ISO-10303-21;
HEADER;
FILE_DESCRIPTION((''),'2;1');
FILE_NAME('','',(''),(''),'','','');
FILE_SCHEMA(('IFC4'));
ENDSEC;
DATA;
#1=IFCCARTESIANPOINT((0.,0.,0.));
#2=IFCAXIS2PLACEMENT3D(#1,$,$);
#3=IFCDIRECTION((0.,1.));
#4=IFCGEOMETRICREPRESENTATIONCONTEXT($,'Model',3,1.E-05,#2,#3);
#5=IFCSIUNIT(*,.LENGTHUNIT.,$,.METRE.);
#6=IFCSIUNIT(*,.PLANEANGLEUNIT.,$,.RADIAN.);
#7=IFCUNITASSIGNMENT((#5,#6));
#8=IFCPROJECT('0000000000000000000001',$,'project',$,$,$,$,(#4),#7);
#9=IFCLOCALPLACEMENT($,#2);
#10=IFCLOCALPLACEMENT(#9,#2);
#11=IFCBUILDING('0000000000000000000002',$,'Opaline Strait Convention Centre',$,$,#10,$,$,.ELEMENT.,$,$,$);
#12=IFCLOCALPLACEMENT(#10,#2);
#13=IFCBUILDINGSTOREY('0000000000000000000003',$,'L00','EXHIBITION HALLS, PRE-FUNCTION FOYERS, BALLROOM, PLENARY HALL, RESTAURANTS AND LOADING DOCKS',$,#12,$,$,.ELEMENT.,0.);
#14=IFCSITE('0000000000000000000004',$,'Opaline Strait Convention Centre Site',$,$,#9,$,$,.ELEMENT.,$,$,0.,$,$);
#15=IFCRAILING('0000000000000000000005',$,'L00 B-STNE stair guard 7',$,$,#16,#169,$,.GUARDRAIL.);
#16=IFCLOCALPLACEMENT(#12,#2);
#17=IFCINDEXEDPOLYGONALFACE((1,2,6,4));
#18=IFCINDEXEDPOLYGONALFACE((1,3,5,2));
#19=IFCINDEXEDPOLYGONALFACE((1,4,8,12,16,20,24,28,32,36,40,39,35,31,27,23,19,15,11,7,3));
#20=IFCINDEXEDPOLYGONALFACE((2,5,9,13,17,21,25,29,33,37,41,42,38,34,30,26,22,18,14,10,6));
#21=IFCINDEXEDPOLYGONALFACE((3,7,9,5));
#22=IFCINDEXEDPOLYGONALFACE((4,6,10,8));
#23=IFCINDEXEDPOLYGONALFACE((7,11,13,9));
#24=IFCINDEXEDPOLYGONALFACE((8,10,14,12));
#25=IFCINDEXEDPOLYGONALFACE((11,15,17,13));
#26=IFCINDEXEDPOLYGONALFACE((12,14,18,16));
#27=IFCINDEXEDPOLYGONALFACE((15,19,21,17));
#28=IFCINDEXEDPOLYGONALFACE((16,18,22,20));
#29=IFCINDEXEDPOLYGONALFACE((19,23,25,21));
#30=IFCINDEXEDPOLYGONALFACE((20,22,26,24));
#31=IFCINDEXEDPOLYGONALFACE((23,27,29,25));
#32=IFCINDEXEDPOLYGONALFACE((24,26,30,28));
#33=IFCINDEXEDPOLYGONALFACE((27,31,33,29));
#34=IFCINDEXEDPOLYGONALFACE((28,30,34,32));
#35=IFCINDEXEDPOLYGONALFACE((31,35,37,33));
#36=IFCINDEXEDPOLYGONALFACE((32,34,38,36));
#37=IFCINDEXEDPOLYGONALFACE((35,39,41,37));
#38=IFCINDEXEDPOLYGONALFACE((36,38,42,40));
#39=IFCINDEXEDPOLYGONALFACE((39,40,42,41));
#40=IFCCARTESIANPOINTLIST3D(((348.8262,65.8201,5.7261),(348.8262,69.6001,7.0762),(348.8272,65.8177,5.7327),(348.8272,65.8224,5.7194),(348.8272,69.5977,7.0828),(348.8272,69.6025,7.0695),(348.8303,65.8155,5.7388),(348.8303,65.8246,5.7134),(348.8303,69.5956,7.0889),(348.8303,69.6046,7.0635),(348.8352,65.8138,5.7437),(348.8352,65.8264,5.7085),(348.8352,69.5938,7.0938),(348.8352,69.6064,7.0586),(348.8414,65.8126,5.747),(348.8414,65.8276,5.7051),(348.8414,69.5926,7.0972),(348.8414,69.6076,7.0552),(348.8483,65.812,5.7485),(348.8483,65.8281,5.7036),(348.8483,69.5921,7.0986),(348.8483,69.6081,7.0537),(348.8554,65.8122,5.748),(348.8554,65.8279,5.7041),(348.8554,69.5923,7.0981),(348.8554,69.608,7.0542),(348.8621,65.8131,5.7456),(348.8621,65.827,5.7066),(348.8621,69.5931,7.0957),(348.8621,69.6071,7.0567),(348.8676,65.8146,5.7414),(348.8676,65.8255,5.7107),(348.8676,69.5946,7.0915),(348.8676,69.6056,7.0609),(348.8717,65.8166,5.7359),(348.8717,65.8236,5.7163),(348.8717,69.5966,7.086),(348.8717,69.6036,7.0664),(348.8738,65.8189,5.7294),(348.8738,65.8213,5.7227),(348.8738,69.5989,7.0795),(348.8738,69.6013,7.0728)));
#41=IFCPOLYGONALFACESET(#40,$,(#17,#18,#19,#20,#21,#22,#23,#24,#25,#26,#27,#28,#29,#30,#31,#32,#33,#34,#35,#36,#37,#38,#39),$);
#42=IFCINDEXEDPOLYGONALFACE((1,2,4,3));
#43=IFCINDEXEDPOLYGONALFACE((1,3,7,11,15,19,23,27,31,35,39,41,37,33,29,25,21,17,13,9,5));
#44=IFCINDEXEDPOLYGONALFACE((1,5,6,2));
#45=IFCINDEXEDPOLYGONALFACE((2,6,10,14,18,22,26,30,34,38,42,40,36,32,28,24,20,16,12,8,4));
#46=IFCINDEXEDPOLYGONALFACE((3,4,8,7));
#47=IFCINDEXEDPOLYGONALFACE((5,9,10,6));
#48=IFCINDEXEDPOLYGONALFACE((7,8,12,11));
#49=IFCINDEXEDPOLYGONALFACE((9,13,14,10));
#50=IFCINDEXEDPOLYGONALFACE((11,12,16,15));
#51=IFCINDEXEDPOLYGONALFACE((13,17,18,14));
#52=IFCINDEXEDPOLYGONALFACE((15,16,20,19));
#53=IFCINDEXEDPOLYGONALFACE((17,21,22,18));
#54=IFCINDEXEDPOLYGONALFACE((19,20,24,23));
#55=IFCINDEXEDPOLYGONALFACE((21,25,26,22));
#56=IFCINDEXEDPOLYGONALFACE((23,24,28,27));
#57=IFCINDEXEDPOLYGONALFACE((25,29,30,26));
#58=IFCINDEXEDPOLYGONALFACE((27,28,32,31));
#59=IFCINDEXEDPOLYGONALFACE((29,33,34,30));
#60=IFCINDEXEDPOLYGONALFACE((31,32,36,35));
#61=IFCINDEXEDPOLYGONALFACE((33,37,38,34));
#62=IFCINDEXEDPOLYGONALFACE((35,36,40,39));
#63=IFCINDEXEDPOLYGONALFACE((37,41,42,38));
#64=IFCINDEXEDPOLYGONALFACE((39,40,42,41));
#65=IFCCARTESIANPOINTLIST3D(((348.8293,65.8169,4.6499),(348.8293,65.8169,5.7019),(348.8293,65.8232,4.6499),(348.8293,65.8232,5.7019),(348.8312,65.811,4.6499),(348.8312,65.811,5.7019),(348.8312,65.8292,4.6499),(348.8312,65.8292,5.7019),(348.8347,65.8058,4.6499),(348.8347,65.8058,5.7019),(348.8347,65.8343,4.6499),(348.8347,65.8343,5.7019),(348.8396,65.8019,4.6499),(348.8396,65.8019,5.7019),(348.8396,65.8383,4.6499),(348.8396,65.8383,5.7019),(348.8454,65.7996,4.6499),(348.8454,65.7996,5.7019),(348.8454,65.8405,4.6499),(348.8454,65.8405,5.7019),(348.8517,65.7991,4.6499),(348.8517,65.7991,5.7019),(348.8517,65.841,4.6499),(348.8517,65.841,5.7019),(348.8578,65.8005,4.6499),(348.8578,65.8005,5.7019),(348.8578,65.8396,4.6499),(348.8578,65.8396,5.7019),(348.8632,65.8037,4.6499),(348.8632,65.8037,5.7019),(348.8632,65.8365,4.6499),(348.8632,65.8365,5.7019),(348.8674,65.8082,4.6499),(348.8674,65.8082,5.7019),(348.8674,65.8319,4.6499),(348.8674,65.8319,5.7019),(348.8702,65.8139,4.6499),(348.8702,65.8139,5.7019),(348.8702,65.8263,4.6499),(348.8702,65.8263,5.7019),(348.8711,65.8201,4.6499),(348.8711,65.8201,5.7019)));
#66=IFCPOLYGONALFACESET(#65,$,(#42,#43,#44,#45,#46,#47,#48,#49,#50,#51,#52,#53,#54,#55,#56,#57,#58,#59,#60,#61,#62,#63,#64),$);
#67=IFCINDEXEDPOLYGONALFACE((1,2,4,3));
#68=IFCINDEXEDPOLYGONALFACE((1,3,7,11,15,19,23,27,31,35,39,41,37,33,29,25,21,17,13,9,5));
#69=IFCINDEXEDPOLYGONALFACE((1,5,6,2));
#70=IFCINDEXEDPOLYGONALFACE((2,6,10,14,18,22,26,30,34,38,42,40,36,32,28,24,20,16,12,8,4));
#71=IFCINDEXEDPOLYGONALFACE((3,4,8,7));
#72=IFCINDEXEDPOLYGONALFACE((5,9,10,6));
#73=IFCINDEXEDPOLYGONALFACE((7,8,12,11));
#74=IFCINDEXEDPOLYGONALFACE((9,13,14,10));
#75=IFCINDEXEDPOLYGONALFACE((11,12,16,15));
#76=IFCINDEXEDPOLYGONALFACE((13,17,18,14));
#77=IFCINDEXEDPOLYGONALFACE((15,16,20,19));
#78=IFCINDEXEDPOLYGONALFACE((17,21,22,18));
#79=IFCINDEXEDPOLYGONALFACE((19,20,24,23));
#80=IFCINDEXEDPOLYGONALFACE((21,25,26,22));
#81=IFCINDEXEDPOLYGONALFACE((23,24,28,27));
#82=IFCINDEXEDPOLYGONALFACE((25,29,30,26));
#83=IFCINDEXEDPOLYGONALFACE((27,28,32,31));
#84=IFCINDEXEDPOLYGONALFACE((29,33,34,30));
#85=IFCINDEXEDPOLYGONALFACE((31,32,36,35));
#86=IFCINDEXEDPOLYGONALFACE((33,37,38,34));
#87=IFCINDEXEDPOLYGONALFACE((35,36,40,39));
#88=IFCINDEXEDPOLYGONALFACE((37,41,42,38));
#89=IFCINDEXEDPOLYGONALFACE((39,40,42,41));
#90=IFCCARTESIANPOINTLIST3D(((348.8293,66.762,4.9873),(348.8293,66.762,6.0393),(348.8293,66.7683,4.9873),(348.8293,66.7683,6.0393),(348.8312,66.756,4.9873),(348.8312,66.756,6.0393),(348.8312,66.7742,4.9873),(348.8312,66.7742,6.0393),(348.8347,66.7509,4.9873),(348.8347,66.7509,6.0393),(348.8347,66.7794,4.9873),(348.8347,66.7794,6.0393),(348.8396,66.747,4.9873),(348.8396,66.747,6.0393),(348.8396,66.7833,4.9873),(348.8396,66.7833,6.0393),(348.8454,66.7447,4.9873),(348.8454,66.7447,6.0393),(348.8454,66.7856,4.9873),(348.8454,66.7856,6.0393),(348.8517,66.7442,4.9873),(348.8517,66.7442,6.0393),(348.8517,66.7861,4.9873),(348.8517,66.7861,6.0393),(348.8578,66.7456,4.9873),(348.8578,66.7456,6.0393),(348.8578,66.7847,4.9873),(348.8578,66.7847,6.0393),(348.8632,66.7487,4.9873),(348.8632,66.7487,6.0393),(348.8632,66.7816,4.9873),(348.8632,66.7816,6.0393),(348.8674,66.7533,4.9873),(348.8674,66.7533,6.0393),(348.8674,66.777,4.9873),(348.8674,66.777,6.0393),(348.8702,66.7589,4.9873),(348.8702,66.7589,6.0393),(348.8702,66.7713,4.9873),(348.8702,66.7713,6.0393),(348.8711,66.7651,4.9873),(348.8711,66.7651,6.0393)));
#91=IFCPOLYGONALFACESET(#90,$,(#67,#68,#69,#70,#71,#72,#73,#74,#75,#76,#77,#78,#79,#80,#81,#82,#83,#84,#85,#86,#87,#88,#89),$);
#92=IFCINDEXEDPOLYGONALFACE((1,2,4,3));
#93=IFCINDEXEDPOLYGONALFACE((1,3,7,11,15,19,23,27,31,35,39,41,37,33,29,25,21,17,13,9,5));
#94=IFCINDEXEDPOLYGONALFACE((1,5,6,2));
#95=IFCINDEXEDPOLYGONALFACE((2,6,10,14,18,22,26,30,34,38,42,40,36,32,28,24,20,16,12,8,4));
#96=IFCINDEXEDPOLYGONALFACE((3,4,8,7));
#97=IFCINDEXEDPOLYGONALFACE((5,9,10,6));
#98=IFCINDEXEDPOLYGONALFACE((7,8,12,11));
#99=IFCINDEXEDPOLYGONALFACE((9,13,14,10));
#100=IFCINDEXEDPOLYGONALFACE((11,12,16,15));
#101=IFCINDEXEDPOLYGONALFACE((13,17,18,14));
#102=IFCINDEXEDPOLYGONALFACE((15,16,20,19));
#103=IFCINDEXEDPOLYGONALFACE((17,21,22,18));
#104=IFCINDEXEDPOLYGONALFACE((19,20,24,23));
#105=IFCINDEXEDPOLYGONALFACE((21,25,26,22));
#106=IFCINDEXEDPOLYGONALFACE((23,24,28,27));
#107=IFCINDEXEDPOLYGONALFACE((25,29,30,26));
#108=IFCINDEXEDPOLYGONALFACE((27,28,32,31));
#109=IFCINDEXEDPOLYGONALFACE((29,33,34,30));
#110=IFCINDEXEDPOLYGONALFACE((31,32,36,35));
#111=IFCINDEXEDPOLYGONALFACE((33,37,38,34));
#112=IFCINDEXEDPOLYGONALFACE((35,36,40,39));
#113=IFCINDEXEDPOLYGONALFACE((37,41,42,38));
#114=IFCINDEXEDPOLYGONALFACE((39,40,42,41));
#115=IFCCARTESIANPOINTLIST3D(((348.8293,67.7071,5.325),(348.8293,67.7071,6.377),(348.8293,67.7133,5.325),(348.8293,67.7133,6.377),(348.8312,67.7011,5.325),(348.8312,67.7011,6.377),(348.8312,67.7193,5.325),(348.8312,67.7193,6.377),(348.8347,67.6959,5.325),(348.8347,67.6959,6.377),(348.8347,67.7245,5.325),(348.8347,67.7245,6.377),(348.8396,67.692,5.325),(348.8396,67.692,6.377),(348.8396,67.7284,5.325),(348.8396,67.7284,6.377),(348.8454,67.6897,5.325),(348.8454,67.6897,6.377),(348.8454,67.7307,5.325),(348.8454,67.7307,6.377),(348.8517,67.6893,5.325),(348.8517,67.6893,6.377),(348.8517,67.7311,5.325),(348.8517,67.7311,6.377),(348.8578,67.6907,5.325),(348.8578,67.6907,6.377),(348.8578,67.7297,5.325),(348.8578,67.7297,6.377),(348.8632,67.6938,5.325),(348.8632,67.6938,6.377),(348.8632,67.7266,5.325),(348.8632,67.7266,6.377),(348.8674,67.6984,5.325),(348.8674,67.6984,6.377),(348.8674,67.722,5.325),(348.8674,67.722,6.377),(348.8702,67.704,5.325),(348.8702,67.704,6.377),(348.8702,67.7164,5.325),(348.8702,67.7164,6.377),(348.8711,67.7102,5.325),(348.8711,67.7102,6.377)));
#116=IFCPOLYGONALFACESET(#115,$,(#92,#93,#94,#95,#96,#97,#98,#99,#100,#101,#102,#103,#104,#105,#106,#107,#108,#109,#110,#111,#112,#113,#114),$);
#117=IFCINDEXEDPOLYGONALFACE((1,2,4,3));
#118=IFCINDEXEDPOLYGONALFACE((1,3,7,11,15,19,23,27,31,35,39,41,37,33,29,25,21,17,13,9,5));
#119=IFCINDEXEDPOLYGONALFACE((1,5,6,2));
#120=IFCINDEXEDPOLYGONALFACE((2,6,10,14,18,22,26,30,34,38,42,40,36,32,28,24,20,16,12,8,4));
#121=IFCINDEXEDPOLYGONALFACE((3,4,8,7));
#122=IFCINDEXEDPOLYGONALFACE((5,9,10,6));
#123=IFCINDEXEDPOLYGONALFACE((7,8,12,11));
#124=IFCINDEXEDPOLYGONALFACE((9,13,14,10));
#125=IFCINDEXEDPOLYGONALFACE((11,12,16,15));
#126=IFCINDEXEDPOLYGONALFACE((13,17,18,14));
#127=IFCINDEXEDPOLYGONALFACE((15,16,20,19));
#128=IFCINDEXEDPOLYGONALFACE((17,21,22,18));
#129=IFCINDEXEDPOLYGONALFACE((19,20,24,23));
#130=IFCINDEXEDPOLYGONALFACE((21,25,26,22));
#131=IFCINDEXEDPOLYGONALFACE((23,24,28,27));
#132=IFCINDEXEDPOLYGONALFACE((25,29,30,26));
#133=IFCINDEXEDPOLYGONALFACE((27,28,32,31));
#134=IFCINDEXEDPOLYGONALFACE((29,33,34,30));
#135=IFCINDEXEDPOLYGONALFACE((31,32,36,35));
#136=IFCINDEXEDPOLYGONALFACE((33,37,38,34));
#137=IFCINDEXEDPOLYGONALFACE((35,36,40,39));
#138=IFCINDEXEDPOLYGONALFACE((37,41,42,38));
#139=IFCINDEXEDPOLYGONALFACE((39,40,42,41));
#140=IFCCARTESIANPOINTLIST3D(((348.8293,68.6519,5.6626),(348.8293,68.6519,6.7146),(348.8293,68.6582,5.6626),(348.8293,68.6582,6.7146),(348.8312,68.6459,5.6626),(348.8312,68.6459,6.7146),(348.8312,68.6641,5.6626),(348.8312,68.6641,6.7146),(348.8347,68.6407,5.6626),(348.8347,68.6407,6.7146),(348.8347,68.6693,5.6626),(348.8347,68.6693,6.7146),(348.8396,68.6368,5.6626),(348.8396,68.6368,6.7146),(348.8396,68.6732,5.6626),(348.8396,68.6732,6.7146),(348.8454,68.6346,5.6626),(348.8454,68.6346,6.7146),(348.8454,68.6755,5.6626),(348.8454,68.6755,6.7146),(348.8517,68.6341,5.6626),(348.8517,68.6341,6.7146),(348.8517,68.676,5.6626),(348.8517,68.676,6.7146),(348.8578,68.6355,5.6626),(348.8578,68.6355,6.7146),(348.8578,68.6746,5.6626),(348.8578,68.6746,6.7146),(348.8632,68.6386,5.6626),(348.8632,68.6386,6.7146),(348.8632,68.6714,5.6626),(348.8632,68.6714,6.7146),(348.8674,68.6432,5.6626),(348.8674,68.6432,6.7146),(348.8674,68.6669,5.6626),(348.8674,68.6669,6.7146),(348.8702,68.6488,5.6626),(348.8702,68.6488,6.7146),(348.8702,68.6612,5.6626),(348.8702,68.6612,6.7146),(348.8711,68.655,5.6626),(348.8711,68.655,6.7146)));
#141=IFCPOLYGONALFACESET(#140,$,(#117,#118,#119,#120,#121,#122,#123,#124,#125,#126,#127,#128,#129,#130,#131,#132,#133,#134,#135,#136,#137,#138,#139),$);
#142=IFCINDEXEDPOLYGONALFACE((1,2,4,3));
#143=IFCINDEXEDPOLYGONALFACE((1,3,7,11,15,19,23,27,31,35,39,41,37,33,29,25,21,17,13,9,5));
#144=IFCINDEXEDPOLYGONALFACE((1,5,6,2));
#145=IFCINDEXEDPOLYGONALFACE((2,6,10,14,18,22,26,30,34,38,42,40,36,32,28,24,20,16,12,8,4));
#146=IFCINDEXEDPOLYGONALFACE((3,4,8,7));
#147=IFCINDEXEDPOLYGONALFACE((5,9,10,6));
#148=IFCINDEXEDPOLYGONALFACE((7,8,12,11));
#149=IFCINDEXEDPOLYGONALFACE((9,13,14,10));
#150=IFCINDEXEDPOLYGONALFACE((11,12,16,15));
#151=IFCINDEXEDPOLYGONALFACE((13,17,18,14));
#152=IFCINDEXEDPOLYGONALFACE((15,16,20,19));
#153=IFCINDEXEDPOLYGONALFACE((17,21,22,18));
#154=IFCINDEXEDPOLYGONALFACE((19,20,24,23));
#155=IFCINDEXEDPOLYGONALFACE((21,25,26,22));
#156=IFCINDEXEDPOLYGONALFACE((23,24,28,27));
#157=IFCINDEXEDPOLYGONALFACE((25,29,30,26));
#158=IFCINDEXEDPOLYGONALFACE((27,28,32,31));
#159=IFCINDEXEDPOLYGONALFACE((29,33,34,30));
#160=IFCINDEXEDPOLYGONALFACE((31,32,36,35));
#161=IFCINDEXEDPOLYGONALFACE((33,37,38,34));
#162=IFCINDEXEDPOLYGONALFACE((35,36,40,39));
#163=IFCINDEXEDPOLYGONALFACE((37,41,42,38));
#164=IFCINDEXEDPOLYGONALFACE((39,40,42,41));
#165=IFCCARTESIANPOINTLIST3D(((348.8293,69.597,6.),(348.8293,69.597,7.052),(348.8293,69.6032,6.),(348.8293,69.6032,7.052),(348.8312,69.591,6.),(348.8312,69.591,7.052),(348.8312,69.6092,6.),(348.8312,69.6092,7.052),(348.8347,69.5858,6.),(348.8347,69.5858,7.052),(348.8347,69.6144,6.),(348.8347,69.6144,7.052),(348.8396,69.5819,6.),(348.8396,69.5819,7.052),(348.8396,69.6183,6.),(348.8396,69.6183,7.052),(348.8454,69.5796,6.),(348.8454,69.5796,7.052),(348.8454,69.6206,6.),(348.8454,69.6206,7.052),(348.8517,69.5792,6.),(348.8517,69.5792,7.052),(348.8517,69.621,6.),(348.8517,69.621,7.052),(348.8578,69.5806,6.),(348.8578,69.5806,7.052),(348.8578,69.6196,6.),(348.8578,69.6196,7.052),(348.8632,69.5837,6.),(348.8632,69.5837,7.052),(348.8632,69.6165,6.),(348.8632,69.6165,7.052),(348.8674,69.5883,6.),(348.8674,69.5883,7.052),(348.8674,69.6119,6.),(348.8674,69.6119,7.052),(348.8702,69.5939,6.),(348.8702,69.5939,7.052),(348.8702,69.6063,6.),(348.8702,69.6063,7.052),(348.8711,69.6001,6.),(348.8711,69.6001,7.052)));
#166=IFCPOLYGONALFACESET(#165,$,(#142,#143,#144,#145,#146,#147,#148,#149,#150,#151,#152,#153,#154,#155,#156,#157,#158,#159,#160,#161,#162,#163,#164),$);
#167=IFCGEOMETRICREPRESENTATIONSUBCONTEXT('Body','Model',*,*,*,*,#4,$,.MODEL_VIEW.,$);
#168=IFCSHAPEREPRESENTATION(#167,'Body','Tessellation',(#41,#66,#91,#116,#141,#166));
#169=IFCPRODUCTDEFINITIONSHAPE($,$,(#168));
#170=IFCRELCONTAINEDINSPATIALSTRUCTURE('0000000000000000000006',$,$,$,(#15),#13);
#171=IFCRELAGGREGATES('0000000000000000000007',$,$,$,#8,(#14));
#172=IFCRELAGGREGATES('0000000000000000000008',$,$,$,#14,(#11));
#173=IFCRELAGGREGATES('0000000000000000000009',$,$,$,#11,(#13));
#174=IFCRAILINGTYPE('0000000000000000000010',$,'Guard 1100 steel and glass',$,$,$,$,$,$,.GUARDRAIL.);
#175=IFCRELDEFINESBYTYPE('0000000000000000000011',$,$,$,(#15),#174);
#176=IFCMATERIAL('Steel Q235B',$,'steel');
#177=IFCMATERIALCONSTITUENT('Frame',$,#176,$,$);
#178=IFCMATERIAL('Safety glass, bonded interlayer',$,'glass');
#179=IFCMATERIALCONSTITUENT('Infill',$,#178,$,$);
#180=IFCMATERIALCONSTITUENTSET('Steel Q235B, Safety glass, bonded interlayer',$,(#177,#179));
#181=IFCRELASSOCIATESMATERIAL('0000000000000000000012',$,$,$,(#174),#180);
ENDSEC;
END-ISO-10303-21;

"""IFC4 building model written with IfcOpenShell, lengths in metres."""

from ifc_helpers import new_model, si_unit, direction, frame, origin, origin_2d, place, context, subcontext, project, spatial, circle, extrude, material, constituent, constituent_set, type_object, element, save


model = new_model("IFC4")

# Units and contexts
model_context = context("Model", 3, precision=1e-05, world=origin(), true_north=direction((0.0, 1.0)))
body_context = subcontext(model_context, "Body", "Model", "MODEL_VIEW")
ifc_project = project(units=[si_unit("LENGTHUNIT", "METRE"), si_unit("PLANEANGLEUNIT", "RADIAN")], contexts=[model_context])

# Site, building, storey
site_placement = place(None, origin())
site = spatial("IfcSite", under=ifc_project, at=site_placement, Name="Opaline Strait Convention Centre Site", CompositionType="ELEMENT", RefElevation=0.0)
building_placement = place(site_placement, origin())
building = spatial("IfcBuilding", under=site, at=building_placement, Name="Opaline Strait Convention Centre", CompositionType="ELEMENT")
storey_placement = place(building_placement, origin())
storey = spatial("IfcBuildingStorey", under=building, at=storey_placement, Name="L00", Description="EXHIBITION HALLS, PRE-FUNCTION FOYERS, BALLROOM, PLENARY HALL, RESTAURANTS AND LOADING DOCKS", CompositionType="ELEMENT", Elevation=0.0)

# Shared definitions
ifc_material_1 = material(Name="Steel Q235B", Category="steel")

# Railing
ifc_constituent_1 = constituent(ifc_material_1, Name="Frame")
ifc_material_2 = material(Name="Safety glass, bonded interlayer", Category="glass")
ifc_constituent_2 = constituent(ifc_material_2, Name="Infill")
ifc_constituent_set = constituent_set(constituents=[ifc_constituent_1, ifc_constituent_2], Name="Steel Q235B, Safety glass, bonded interlayer")
railing_type_1 = type_object("IfcRailingType", Name="Guard 1100 steel and glass", PredefinedType="GUARDRAIL", material=ifc_constituent_set)
railing_1_placement = place(storey_placement, frame((348.8501, 65.8201, 4.6499)))
element("IfcRailing", 1, at=railing_1_placement, inside=storey, type_object=railing_type_1, Name="L00 B-STNE stair guard 7", PredefinedType="GUARDRAIL", context=body_context, shape_type="SweptSolid", body=[
    extrude(circle(Radius=0.0239, at=origin_2d()), frame((0.0, 0.0, 1.0762), z_axis=(0.0, 0.941735, 0.336356), x_axis=(-1.0, 0.0, 0.0)), (0.0, 0.0, 1.0), 4.0139),
    extrude(circle(Radius=0.021, at=origin_2d()), origin(), (0.0, 0.0, 1.0), 1.052),
    extrude(circle(Radius=0.021, at=origin_2d()), frame((0.0, 0.9451, 0.3374)), (0.0, 0.0, 1.0), 1.052),
    extrude(circle(Radius=0.021, at=origin_2d()), frame((0.0, 1.8901, 0.675)), (0.0, 0.0, 1.0), 1.052),
    extrude(circle(Radius=0.021, at=origin_2d()), frame((0.0, 2.835, 1.0127)), (0.0, 0.0, 1.0), 1.052),
    extrude(circle(Radius=0.021, at=origin_2d()), frame((0.0, 3.78, 1.3501)), (0.0, 0.0, 1.0), 1.052),
])

save(model, "model.ifc")
